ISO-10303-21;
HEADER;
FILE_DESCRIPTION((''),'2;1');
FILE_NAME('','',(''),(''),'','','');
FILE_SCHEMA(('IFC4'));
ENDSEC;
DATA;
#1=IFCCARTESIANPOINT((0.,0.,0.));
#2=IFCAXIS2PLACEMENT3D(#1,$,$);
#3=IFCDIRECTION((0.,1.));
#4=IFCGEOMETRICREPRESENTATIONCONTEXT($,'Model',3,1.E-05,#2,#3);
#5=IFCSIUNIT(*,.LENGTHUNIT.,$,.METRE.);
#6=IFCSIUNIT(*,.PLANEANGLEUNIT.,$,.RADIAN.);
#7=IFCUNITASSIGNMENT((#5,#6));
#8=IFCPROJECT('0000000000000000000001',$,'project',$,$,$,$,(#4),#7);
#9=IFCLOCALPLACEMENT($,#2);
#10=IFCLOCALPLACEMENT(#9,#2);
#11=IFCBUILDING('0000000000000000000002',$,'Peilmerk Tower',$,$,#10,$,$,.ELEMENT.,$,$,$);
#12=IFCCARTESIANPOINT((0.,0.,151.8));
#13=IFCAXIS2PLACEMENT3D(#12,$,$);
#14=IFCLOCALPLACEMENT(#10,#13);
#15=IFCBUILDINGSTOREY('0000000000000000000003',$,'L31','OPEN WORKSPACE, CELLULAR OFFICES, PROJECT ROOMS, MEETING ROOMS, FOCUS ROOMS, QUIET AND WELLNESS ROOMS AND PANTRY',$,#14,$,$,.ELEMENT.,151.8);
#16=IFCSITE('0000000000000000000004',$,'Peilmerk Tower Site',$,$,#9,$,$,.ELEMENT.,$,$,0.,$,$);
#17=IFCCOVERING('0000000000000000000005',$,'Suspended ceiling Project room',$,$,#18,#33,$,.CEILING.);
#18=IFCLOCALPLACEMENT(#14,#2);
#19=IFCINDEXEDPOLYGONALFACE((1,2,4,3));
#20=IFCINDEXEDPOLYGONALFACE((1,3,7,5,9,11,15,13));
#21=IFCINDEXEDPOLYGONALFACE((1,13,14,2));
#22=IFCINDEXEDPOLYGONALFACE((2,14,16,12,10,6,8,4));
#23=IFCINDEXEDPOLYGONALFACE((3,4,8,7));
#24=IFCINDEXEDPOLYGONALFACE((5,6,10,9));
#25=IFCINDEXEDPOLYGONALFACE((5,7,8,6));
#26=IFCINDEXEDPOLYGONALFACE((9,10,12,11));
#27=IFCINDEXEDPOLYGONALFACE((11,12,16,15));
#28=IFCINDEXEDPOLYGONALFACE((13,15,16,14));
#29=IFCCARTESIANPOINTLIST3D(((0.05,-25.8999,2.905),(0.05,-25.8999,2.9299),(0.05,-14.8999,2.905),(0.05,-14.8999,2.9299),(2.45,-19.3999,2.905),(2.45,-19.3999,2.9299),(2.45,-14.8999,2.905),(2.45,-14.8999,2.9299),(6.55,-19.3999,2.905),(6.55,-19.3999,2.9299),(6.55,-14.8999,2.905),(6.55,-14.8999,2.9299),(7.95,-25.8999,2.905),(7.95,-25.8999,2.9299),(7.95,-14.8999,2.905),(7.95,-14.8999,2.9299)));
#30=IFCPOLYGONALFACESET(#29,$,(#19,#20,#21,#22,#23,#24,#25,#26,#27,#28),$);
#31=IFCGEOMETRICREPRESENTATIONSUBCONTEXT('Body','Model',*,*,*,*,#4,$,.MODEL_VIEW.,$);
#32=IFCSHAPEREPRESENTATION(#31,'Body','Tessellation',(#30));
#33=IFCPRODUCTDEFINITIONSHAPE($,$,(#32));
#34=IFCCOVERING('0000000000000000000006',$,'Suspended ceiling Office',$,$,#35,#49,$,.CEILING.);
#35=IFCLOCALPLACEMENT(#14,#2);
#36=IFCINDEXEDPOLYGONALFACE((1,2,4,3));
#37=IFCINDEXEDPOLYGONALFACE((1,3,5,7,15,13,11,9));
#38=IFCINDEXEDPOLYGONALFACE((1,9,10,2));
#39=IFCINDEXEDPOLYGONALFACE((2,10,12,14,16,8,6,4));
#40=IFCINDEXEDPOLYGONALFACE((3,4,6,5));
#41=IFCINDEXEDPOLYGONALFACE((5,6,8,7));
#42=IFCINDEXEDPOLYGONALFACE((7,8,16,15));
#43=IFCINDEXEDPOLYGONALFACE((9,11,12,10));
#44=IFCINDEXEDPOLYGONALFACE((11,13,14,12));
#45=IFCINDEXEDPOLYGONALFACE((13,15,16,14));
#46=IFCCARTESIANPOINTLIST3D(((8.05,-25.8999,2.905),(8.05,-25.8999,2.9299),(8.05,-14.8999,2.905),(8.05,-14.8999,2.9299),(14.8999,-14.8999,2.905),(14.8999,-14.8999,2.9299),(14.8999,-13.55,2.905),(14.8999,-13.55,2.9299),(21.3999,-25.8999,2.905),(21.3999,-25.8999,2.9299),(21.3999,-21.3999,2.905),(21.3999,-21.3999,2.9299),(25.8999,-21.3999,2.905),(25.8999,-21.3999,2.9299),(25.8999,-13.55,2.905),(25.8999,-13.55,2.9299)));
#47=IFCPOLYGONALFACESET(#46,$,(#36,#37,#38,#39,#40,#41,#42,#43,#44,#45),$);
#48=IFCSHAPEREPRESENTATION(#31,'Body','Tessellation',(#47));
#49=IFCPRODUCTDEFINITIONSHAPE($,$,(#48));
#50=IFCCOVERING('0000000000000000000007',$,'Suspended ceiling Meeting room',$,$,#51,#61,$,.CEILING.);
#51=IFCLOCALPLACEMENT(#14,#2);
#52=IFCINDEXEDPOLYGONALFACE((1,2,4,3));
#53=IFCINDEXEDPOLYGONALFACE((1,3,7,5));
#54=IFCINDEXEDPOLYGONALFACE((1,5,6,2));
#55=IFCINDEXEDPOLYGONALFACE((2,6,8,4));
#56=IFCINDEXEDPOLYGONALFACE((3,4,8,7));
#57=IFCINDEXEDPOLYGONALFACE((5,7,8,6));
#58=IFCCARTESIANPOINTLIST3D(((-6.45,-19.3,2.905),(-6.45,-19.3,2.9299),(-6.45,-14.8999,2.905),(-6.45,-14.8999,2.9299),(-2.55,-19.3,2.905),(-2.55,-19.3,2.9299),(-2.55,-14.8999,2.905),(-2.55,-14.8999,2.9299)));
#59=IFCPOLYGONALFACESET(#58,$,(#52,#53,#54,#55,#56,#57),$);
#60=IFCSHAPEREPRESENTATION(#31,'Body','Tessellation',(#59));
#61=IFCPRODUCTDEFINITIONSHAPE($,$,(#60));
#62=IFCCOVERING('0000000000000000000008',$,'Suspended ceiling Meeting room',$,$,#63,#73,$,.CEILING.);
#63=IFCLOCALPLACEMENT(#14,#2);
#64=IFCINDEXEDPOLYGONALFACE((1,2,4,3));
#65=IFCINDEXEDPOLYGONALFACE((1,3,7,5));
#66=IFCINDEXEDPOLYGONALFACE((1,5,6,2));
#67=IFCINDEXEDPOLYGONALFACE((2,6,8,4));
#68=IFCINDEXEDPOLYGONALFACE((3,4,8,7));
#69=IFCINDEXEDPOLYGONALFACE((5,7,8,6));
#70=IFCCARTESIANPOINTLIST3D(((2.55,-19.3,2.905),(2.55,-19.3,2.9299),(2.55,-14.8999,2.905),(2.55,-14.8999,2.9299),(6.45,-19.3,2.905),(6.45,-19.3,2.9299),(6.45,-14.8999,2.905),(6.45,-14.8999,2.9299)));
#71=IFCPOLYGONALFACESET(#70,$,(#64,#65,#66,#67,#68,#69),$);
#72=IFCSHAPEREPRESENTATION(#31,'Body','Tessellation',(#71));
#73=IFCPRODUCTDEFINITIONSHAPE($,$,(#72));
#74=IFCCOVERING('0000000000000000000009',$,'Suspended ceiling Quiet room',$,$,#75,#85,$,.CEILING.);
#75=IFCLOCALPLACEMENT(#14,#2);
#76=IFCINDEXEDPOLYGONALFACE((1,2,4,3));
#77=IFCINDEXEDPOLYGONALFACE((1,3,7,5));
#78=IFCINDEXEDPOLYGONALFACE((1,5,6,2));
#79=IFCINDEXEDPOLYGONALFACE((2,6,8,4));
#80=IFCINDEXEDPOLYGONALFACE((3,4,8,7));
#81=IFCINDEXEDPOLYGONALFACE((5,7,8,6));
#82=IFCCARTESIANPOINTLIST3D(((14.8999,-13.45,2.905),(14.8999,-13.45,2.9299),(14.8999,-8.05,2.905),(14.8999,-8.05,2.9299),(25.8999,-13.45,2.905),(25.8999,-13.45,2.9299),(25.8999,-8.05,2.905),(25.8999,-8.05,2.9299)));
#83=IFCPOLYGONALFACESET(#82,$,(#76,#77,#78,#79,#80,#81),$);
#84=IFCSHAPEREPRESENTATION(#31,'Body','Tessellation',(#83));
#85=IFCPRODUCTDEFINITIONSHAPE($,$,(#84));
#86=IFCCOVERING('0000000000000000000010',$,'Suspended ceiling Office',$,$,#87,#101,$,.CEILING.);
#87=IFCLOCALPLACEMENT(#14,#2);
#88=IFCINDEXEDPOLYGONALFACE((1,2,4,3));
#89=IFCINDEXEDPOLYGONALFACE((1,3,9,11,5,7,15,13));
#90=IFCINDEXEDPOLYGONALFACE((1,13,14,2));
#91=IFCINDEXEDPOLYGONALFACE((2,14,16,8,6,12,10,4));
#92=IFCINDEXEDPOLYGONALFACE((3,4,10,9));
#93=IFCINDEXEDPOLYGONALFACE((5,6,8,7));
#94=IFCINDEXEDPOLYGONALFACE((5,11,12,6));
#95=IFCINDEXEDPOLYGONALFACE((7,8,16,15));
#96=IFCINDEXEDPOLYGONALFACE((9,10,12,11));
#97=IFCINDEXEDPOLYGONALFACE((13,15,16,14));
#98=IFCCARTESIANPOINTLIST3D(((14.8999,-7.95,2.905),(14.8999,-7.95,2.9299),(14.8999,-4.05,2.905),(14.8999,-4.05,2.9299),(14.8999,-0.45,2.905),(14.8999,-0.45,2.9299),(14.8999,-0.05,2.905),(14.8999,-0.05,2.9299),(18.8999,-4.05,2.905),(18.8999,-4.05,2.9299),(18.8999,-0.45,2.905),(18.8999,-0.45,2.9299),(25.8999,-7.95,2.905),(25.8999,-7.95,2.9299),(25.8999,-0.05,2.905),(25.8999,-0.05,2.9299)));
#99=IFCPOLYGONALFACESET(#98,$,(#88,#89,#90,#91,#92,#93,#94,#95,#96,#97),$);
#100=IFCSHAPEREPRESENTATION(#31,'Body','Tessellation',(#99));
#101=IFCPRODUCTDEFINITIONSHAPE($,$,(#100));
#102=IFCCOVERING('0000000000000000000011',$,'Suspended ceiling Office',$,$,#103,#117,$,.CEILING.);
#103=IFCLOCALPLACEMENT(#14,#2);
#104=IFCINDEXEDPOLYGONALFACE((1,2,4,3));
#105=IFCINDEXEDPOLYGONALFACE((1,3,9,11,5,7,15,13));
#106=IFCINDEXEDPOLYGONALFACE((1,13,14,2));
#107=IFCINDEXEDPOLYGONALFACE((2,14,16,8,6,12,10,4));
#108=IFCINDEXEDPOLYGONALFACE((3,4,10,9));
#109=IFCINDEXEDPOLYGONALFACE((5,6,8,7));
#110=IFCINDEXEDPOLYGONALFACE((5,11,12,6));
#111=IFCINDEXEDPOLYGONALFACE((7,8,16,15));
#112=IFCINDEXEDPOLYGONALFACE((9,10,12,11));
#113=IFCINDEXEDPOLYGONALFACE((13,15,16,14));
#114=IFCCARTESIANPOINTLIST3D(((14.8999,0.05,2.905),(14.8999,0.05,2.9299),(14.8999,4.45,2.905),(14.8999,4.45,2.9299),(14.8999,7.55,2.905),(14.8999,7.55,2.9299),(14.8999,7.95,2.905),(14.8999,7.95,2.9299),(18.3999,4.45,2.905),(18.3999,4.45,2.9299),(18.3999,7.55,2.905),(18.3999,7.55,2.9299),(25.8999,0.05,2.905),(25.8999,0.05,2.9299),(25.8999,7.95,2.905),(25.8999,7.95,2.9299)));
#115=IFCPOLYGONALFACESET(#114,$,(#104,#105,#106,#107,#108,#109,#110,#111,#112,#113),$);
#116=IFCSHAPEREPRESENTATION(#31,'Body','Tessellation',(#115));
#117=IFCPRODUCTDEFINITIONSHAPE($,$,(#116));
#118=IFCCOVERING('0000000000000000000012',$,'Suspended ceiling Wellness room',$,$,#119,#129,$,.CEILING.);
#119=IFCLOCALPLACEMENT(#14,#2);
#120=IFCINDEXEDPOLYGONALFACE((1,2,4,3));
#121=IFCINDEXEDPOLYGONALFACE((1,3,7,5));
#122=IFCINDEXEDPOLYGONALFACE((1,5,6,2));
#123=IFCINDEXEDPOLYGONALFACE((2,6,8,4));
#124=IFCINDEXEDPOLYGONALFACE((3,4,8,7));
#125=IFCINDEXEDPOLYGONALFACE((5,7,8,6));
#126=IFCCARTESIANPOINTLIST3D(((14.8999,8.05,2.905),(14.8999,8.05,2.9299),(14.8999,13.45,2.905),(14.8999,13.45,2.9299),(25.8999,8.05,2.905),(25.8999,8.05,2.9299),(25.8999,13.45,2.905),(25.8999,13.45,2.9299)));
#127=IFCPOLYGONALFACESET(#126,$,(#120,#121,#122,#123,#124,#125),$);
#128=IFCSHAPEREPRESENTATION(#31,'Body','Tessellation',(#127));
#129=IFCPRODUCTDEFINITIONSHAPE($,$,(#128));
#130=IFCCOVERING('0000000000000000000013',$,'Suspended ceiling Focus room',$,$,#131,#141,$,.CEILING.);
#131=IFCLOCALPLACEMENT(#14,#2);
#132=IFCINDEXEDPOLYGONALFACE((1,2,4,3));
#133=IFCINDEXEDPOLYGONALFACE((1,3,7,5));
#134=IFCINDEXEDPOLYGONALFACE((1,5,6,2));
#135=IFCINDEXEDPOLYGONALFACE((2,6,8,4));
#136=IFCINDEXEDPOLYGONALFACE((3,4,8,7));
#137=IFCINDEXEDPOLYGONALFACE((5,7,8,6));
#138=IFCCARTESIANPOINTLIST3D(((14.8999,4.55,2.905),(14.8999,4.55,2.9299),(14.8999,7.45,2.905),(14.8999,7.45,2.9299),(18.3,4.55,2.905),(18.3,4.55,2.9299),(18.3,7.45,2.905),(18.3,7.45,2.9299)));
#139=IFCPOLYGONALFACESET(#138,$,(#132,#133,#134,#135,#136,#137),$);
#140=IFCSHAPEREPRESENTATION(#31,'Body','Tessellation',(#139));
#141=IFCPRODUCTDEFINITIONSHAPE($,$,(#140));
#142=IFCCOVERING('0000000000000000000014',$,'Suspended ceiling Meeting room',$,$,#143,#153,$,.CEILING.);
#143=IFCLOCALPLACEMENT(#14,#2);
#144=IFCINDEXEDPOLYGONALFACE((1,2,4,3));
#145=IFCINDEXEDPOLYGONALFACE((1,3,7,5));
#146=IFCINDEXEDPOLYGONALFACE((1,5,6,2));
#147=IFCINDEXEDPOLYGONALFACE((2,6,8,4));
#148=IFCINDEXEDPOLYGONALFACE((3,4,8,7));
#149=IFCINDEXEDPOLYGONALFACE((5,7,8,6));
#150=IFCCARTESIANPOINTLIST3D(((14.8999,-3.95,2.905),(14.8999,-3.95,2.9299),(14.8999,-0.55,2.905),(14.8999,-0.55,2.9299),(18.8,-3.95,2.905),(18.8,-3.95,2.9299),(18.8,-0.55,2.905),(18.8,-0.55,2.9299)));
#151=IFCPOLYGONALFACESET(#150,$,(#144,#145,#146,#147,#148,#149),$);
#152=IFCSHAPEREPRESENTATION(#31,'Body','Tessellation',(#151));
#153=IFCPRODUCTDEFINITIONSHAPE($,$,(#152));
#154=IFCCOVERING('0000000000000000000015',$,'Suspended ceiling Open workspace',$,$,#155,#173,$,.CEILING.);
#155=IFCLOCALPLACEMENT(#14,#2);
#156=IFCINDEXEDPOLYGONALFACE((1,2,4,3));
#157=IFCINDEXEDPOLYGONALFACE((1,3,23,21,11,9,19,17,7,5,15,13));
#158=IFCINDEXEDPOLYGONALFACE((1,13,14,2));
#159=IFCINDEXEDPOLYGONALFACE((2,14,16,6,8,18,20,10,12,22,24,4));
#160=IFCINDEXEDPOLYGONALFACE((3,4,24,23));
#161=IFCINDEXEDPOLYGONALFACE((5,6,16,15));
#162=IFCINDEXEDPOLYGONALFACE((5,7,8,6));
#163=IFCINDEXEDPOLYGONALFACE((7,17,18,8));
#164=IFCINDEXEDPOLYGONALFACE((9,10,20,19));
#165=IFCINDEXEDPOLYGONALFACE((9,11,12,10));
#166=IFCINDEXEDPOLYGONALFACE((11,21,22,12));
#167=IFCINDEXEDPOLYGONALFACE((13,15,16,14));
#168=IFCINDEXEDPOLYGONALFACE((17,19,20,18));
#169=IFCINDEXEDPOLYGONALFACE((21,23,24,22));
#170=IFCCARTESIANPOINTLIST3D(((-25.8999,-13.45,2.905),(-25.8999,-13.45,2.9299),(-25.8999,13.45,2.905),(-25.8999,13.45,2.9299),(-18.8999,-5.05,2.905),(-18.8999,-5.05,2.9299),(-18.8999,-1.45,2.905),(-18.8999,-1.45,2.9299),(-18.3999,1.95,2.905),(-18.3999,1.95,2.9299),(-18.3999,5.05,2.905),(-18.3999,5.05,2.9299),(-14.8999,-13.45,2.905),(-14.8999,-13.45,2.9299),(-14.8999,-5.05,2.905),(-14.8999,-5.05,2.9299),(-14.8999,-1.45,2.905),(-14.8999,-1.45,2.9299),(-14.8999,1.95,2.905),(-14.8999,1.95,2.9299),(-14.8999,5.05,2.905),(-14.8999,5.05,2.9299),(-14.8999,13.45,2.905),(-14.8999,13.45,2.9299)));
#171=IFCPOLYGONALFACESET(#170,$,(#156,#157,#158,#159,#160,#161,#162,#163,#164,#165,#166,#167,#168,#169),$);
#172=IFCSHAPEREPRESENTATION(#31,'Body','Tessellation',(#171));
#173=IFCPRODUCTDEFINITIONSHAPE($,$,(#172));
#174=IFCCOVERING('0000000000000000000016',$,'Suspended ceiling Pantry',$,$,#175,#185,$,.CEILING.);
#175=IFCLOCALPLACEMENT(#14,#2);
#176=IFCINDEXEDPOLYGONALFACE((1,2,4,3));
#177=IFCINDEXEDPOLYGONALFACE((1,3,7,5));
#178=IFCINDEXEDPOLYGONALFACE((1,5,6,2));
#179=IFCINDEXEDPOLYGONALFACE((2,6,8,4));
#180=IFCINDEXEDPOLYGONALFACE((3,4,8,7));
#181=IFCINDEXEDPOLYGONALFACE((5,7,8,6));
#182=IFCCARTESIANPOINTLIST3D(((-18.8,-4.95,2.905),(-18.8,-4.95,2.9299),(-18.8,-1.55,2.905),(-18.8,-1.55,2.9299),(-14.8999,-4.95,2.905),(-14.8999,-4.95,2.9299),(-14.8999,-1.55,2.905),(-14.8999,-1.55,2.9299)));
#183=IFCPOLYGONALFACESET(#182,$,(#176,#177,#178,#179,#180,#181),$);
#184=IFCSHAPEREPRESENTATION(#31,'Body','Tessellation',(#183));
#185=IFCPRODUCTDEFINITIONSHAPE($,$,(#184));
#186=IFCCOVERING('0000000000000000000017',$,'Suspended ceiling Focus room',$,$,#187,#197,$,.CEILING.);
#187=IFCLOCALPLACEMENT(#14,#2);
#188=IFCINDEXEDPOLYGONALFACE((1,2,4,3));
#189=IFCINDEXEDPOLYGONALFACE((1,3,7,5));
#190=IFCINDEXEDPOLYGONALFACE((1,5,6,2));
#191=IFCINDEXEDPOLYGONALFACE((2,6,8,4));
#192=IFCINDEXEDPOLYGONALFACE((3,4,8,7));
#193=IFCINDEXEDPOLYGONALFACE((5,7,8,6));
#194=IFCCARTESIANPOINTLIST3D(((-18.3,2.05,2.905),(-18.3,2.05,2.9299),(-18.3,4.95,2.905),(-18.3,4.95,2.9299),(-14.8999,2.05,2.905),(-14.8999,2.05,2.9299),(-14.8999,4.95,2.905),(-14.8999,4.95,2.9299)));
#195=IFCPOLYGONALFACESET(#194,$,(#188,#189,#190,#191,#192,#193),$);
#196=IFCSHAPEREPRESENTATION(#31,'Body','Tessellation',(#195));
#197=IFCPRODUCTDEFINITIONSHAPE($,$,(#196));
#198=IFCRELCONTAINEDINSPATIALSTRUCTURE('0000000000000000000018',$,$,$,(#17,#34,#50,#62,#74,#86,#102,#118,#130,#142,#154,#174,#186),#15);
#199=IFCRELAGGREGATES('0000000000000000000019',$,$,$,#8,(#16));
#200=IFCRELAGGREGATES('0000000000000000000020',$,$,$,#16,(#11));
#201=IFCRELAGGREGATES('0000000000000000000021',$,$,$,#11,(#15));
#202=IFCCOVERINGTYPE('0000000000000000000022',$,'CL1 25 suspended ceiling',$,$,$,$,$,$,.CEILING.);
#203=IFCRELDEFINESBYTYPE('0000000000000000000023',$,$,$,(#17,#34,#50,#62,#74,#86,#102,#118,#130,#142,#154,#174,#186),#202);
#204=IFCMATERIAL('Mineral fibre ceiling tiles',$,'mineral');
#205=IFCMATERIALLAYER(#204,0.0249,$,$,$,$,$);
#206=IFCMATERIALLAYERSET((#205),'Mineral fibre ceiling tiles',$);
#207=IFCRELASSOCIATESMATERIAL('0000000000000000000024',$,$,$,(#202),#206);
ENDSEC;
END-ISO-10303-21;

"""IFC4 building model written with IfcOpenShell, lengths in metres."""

from ifc_helpers import new_model, si_unit, direction, frame, origin, place, context, subcontext, project, spatial, polyline, outline, extrude, material, layer, layer_set, type_object, element, save


model = new_model("IFC4")

# Units and contexts
model_context = context("Model", 3, precision=1e-05, world=origin(), true_north=direction((0.0, 1.0)))
body_context = subcontext(model_context, "Body", "Model", "MODEL_VIEW")
ifc_project = project(units=[si_unit("LENGTHUNIT", "METRE"), si_unit("PLANEANGLEUNIT", "RADIAN")], contexts=[model_context])

# Site, building, storey
site_placement = place(None, origin())
site = spatial("IfcSite", under=ifc_project, at=site_placement, Name="Peilmerk Tower Site", CompositionType="ELEMENT", RefElevation=0.0)
building_placement = place(site_placement, origin())
building = spatial("IfcBuilding", under=site, at=building_placement, Name="Peilmerk Tower", CompositionType="ELEMENT")
storey_placement = place(building_placement, frame((0.0, 0.0, 151.8)))
storey = spatial("IfcBuildingStorey", under=building, at=storey_placement, Name="L31", Description="OPEN WORKSPACE, CELLULAR OFFICES, PROJECT ROOMS, MEETING ROOMS, FOCUS ROOMS, QUIET AND WELLNESS ROOMS AND PANTRY", CompositionType="ELEMENT", Elevation=151.8)

# Coverings
ifc_material_1 = material(Name="Mineral fibre ceiling tiles", Category="mineral")
ifc_layer_1 = layer(ifc_material_1, 0.0249)
ifc_layer_set_1 = layer_set([ifc_layer_1], Name="Mineral fibre ceiling tiles")
covering_type = type_object("IfcCoveringType", Name="CL1 25 suspended ceiling", PredefinedType="CEILING", material=ifc_layer_set_1)
covering_1_placement = place(storey_placement, frame((0.0, 0.0, 2.905)))
element("IfcCovering", 1, at=covering_1_placement, inside=storey, type_object=covering_type, Name="Suspended ceiling Project room", PredefinedType="CEILING", context=body_context, shape_type="SweptSolid", body=[
    extrude(outline(polyline([(0.05, -14.8999), (0.05, -25.8999), (7.95, -25.8999), (7.95, -14.8999), (6.55, -14.8999), (6.55, -19.3999), (2.45, -19.3999), (2.45, -14.8999), (0.05, -14.8999)])), origin(), (0.0, 0.0, 1.0), 0.0249),
])
covering_2_placement = place(storey_placement, frame((0.0, 0.0, 2.905)))
element("IfcCovering", 2, at=covering_2_placement, inside=storey, type_object=covering_type, Name="Suspended ceiling Office", PredefinedType="CEILING", context=body_context, shape_type="SweptSolid", body=[
    extrude(outline(polyline([(8.05, -25.8999), (21.3999, -25.8999), (21.3999, -21.3999), (25.8999, -21.3999), (25.8999, -13.55), (14.8999, -13.55), (14.8999, -14.8999), (8.05, -14.8999), (8.05, -25.8999)])), origin(), (0.0, 0.0, 1.0), 0.0249),
])
covering_3_placement = place(storey_placement, frame((0.0, 0.0, 2.905)))
element("IfcCovering", 3, at=covering_3_placement, inside=storey, type_object=covering_type, Name="Suspended ceiling Meeting room", PredefinedType="CEILING", context=body_context, shape_type="SweptSolid", body=[
    extrude(outline(polyline([(-2.55, -19.3), (-2.55, -14.8999), (-6.45, -14.8999), (-6.45, -19.3), (-2.55, -19.3)])), origin(), (0.0, 0.0, 1.0), 0.0249),
])
covering_4_placement = place(storey_placement, frame((0.0, 0.0, 2.905)))
element("IfcCovering", 4, at=covering_4_placement, inside=storey, type_object=covering_type, Name="Suspended ceiling Meeting room", PredefinedType="CEILING", context=body_context, shape_type="SweptSolid", body=[
    extrude(outline(polyline([(6.45, -19.3), (6.45, -14.8999), (2.55, -14.8999), (2.55, -19.3), (6.45, -19.3)])), origin(), (0.0, 0.0, 1.0), 0.0249),
])
covering_5_placement = place(storey_placement, frame((0.0, 0.0, 2.905)))
element("IfcCovering", 5, at=covering_5_placement, inside=storey, type_object=covering_type, Name="Suspended ceiling Quiet room", PredefinedType="CEILING", context=body_context, shape_type="SweptSolid", body=[
    extrude(outline(polyline([(25.8999, -13.45), (25.8999, -8.05), (14.8999, -8.05), (14.8999, -13.45), (25.8999, -13.45)])), origin(), (0.0, 0.0, 1.0), 0.0249),
])
covering_6_placement = place(storey_placement, frame((0.0, 0.0, 2.905)))
element("IfcCovering", 6, at=covering_6_placement, inside=storey, type_object=covering_type, Name="Suspended ceiling Office", PredefinedType="CEILING", context=body_context, shape_type="SweptSolid", body=[
    extrude(outline(polyline([(14.8999, -7.95), (25.8999, -7.95), (25.8999, -0.05), (14.8999, -0.05), (14.8999, -0.45), (18.8999, -0.45), (18.8999, -4.05), (14.8999, -4.05), (14.8999, -7.95)])), origin(), (0.0, 0.0, 1.0), 0.0249),
])
covering_7_placement = place(storey_placement, frame((0.0, 0.0, 2.905)))
element("IfcCovering", 7, at=covering_7_placement, inside=storey, type_object=covering_type, Name="Suspended ceiling Office", PredefinedType="CEILING", context=body_context, shape_type="SweptSolid", body=[
    extrude(outline(polyline([(14.8999, 0.05), (25.8999, 0.05), (25.8999, 7.95), (14.8999, 7.95), (14.8999, 7.55), (18.3999, 7.55), (18.3999, 4.45), (14.8999, 4.45), (14.8999, 0.05)])), origin(), (0.0, 0.0, 1.0), 0.0249),
])
covering_8_placement = place(storey_placement, frame((0.0, 0.0, 2.905)))
element("IfcCovering", 8, at=covering_8_placement, inside=storey, type_object=covering_type, Name="Suspended ceiling Wellness room", PredefinedType="CEILING", context=body_context, shape_type="SweptSolid", body=[
    extrude(outline(polyline([(25.8999, 8.05), (25.8999, 13.45), (14.8999, 13.45), (14.8999, 8.05), (25.8999, 8.05)])), origin(), (0.0, 0.0, 1.0), 0.0249),
])
covering_9_placement = place(storey_placement, frame((0.0, 0.0, 2.905)))
element("IfcCovering", 9, at=covering_9_placement, inside=storey, type_object=covering_type, Name="Suspended ceiling Focus room", PredefinedType="CEILING", context=body_context, shape_type="SweptSolid", body=[
    extrude(outline(polyline([(18.3, 4.55), (18.3, 7.45), (14.8999, 7.45), (14.8999, 4.55), (18.3, 4.55)])), origin(), (0.0, 0.0, 1.0), 0.0249),
])
covering_10_placement = place(storey_placement, frame((0.0, 0.0, 2.905)))
element("IfcCovering", 10, at=covering_10_placement, inside=storey, type_object=covering_type, Name="Suspended ceiling Meeting room", PredefinedType="CEILING", context=body_context, shape_type="SweptSolid", body=[
    extrude(outline(polyline([(18.8, -3.95), (18.8, -0.55), (14.8999, -0.55), (14.8999, -3.95), (18.8, -3.95)])), origin(), (0.0, 0.0, 1.0), 0.0249),
])
covering_11_placement = place(storey_placement, frame((0.0, 0.0, 2.905)))
element("IfcCovering", 11, at=covering_11_placement, inside=storey, type_object=covering_type, Name="Suspended ceiling Open workspace", PredefinedType="CEILING", context=body_context, shape_type="SweptSolid", body=[
    extrude(outline(polyline([(-14.8999, 13.45), (-25.8999, 13.45), (-25.8999, -13.45), (-14.8999, -13.45), (-14.8999, -5.05), (-18.8999, -5.05), (-18.8999, -1.45), (-14.8999, -1.45), (-14.8999, 1.95), (-18.3999, 1.95), (-18.3999, 5.05), (-14.8999, 5.05), (-14.8999, 13.45)])), origin(), (0.0, 0.0, 1.0), 0.0249),
])
covering_12_placement = place(storey_placement, frame((0.0, 0.0, 2.905)))
element("IfcCovering", 12, at=covering_12_placement, inside=storey, type_object=covering_type, Name="Suspended ceiling Pantry", PredefinedType="CEILING", context=body_context, shape_type="SweptSolid", body=[
    extrude(outline(polyline([(-14.8999, -4.95), (-14.8999, -1.55), (-18.8, -1.55), (-18.8, -4.95), (-14.8999, -4.95)])), origin(), (0.0, 0.0, 1.0), 0.0249),
])
covering_13_placement = place(storey_placement, frame((0.0, 0.0, 2.905)))
element("IfcCovering", 13, at=covering_13_placement, inside=storey, type_object=covering_type, Name="Suspended ceiling Focus room", PredefinedType="CEILING", context=body_context, shape_type="SweptSolid", body=[
    extrude(outline(polyline([(-14.8999, 2.05), (-14.8999, 4.95), (-18.3, 4.95), (-18.3, 2.05), (-14.8999, 2.05)])), origin(), (0.0, 0.0, 1.0), 0.0249),
])

save(model, "model.ifc")
